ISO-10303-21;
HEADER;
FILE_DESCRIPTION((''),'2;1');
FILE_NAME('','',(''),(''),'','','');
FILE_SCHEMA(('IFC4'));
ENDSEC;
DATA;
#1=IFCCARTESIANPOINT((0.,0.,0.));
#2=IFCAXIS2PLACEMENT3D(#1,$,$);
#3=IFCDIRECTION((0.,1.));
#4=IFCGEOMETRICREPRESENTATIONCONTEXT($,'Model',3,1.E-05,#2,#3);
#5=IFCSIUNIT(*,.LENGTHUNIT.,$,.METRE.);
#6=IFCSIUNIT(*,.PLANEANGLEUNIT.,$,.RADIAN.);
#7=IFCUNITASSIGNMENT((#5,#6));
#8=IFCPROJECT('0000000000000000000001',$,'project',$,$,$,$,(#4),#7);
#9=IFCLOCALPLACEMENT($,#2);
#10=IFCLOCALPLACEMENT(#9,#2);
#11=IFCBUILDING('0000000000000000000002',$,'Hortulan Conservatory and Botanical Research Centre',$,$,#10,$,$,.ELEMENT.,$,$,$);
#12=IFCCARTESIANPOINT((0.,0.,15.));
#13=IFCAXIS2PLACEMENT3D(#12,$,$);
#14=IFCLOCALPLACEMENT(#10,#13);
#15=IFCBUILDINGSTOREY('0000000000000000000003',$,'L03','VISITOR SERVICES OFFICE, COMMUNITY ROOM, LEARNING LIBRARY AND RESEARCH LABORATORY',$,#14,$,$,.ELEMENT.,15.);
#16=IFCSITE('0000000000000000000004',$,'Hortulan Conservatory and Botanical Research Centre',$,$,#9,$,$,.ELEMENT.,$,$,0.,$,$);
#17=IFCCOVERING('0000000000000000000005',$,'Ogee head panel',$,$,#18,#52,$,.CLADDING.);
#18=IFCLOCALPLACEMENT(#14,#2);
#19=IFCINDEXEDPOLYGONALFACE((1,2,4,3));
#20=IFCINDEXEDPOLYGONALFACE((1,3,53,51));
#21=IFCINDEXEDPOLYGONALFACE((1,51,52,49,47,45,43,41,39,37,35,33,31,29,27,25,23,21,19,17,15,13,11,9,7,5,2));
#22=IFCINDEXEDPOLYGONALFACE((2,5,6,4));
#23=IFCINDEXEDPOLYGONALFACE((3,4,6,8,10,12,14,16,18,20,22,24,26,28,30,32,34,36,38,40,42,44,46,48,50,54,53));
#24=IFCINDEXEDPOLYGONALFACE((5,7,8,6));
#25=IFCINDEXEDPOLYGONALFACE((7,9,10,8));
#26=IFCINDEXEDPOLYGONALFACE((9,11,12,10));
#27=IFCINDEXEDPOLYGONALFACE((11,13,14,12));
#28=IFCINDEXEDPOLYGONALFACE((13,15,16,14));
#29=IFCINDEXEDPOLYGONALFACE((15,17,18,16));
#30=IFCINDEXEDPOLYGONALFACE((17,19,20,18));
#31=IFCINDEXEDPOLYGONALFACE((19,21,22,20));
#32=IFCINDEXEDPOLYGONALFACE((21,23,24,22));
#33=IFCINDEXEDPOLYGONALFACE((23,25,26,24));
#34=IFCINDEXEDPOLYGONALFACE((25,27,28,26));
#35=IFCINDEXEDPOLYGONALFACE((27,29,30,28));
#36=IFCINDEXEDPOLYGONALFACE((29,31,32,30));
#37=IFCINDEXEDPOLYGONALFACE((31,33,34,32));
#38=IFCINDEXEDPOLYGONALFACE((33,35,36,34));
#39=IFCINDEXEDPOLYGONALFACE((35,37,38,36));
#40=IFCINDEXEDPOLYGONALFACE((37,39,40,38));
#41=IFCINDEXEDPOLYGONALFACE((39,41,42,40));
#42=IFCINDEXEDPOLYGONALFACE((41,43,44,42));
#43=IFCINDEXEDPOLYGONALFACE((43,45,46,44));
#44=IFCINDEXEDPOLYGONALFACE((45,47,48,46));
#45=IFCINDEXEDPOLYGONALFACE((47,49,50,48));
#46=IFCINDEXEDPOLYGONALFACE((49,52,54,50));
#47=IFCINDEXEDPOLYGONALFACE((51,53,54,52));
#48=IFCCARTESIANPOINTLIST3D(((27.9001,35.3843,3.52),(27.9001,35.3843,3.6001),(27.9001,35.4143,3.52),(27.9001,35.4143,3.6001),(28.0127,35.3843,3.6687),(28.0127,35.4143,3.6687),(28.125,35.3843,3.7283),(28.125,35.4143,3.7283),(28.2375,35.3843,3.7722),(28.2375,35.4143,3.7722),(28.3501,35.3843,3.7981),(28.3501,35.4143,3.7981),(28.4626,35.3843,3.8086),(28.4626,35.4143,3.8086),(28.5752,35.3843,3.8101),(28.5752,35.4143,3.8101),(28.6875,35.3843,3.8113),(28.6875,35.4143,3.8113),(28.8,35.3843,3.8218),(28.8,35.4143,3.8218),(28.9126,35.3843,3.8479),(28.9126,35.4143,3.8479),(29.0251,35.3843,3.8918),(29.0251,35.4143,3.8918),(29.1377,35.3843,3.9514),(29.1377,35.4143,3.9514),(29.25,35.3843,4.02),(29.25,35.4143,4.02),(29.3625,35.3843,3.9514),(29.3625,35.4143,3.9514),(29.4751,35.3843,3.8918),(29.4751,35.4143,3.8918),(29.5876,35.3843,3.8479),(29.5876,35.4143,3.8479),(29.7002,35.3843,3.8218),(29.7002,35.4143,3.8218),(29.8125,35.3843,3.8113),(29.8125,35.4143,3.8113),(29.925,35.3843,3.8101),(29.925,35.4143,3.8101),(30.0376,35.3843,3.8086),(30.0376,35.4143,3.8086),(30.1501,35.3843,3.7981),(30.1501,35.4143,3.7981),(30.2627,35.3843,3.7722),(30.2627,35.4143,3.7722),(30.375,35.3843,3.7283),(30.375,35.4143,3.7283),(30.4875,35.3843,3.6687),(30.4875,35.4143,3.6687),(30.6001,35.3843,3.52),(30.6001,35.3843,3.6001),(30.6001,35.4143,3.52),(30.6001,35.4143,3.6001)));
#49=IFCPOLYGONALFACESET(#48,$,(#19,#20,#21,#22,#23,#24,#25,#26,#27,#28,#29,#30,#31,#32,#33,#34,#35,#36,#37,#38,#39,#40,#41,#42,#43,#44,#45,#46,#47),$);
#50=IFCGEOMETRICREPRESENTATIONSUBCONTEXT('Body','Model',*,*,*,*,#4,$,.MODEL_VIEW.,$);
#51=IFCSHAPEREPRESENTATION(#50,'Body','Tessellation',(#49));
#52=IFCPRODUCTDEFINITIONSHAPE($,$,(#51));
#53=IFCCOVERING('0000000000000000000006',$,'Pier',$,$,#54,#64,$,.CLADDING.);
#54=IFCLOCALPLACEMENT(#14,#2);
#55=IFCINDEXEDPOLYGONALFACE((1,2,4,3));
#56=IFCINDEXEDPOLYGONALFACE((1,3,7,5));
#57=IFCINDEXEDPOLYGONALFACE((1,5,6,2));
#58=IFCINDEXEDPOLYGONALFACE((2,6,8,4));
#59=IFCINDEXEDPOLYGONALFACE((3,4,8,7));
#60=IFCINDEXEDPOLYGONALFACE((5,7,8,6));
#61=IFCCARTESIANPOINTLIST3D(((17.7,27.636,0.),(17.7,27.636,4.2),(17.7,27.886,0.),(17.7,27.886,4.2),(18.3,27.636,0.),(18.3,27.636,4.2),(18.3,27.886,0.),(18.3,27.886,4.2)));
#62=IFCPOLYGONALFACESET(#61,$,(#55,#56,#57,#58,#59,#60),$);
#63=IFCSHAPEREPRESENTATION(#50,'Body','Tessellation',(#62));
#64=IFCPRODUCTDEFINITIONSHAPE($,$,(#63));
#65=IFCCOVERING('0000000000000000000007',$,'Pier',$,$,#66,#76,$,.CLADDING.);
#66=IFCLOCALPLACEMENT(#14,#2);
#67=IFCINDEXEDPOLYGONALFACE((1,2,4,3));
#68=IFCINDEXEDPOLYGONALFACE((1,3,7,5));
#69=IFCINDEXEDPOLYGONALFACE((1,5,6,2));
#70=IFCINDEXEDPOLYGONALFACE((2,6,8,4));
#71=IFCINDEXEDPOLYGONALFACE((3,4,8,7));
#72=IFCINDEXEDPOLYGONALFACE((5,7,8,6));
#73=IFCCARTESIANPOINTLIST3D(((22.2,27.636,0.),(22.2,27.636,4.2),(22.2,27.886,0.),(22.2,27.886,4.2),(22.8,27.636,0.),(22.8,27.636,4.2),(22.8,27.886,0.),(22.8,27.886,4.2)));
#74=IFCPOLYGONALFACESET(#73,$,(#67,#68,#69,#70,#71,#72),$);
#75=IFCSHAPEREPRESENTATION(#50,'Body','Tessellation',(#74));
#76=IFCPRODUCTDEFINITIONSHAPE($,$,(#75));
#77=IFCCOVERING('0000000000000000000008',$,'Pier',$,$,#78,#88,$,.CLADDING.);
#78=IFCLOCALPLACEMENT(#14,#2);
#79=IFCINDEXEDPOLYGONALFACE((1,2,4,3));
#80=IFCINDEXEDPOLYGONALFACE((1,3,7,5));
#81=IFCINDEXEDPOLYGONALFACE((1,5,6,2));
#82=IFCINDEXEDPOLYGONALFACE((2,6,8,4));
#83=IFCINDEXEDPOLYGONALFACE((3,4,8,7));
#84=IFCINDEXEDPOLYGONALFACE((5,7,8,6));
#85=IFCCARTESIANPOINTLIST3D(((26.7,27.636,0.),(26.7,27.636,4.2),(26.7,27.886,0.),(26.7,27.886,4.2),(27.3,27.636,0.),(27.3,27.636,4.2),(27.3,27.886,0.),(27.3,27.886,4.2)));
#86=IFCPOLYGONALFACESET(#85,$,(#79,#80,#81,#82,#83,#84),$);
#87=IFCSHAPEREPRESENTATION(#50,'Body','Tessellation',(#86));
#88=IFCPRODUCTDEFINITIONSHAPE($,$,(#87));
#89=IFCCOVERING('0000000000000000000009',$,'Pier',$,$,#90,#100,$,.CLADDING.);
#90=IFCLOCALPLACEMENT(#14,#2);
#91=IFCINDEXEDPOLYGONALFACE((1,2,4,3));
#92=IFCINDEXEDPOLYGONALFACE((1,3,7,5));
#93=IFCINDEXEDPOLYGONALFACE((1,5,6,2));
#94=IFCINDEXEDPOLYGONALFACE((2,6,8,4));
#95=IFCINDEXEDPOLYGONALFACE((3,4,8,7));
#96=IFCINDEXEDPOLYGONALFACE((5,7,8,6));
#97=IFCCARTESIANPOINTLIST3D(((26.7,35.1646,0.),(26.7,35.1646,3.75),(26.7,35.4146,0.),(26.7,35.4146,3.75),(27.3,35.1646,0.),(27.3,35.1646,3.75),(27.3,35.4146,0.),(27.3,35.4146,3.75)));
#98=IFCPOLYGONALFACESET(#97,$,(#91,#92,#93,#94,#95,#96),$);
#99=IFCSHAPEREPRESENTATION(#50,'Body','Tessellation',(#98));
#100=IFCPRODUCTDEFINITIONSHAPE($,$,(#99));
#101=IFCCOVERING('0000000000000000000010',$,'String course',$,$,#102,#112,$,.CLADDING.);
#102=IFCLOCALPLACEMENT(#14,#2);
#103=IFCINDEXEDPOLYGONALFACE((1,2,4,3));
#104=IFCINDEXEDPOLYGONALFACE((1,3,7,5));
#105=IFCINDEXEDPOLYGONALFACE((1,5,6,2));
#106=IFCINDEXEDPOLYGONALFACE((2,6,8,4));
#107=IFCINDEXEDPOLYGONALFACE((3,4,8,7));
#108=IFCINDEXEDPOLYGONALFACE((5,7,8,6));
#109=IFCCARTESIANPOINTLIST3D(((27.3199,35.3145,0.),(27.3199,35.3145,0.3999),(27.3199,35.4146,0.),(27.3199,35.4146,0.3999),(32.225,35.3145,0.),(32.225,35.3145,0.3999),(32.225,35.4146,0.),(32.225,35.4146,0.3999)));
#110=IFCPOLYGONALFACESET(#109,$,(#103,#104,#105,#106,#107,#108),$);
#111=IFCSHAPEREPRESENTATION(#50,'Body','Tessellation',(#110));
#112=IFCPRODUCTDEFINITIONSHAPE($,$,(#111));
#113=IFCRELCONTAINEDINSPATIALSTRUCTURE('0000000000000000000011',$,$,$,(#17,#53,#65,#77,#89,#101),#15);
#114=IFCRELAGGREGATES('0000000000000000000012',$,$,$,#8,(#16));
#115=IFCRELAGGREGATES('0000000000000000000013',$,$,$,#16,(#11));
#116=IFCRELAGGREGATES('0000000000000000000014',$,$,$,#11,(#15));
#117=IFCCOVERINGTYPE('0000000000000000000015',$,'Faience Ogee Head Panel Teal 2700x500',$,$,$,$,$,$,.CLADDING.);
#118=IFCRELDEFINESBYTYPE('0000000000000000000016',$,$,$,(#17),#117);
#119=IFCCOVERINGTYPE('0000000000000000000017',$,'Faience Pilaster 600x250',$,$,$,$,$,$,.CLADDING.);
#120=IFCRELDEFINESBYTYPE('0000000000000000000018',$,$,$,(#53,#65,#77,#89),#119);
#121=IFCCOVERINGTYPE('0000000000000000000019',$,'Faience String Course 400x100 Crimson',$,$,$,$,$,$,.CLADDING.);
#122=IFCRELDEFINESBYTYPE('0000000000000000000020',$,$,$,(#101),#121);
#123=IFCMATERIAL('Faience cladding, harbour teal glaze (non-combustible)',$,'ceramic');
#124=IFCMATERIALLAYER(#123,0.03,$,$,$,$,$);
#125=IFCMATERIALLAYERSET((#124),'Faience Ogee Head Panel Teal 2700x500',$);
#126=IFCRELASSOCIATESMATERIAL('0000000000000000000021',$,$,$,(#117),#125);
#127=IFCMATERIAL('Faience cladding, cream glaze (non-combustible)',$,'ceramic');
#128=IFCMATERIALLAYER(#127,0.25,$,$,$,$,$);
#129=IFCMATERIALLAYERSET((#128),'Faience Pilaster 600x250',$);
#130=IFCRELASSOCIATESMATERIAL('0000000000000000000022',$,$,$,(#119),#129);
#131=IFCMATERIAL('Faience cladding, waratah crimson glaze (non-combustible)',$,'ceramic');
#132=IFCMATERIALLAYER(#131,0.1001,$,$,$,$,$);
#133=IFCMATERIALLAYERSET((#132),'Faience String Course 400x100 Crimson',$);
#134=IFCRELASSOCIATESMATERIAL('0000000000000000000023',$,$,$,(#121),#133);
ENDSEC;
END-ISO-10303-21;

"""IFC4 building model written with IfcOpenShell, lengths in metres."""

from ifc_helpers import new_model, si_unit, direction, frame, origin, origin_2d, place, context, subcontext, project, spatial, polyline, rectangle, outline, extrude, material, layer, layer_set, type_object, element, save


model = new_model("IFC4")

# Units and contexts
model_context = context("Model", 3, precision=1e-05, world=origin(), true_north=direction((0.0, 1.0)))
body_context = subcontext(model_context, "Body", "Model", "MODEL_VIEW")
ifc_project = project(units=[si_unit("LENGTHUNIT", "METRE"), si_unit("PLANEANGLEUNIT", "RADIAN")], contexts=[model_context])

# Site, building, storey
site_placement = place(None, origin())
site = spatial("IfcSite", under=ifc_project, at=site_placement, Name="Hortulan Conservatory and Botanical Research Centre", CompositionType="ELEMENT", RefElevation=0.0)
building_placement = place(site_placement, origin())
building = spatial("IfcBuilding", under=site, at=building_placement, Name="Hortulan Conservatory and Botanical Research Centre", CompositionType="ELEMENT")
storey_placement = place(building_placement, frame((0.0, 0.0, 15.0)))
storey = spatial("IfcBuildingStorey", under=building, at=storey_placement, Name="L03", Description="VISITOR SERVICES OFFICE, COMMUNITY ROOM, LEARNING LIBRARY AND RESEARCH LABORATORY", CompositionType="ELEMENT", Elevation=15.0)

# Coverings
ifc_material_1 = material(Name="Faience cladding, harbour teal glaze (non-combustible)", Category="ceramic")
ifc_layer_1 = layer(ifc_material_1, 0.03)
ifc_layer_set_1 = layer_set([ifc_layer_1], Name="Faience Ogee Head Panel Teal 2700x500")
covering_type_1 = type_object("IfcCoveringType", Name="Faience Ogee Head Panel Teal 2700x500", PredefinedType="CLADDING", material=ifc_layer_set_1)
for number, where, z_axis, x_axis, name in (
    (1, (30.6001, 35.3994, 3.52), (0.0, 0.0, 1.0), (-1.0, 0.0, 0.0), "Ogee head panel"),
):
    element("IfcCovering", number, at=place(storey_placement, frame(where, z_axis=z_axis, x_axis=x_axis)), inside=storey, type_object=covering_type_1, Name=name, PredefinedType="CLADDING", context=body_context, shape_type="SweptSolid", body=[
        extrude(outline(polyline([(0.0, 0.0), (2.7, 0.0), (2.7, 0.0801), (2.5874, 0.1487), (2.4751, 0.2083), (2.3625, 0.2522), (2.25, 0.2781), (2.1375, 0.2886), (2.0249, 0.29), (1.9126, 0.2913), (1.8, 0.3018), (1.6875, 0.3279), (1.575, 0.3718), (1.4624, 0.4314), (1.3501, 0.5), (1.2375, 0.4314), (1.125, 0.3718), (1.0125, 0.3279), (0.8999, 0.3018), (0.7876, 0.2913), (0.675, 0.29), (0.5625, 0.2886), (0.45, 0.2781), (0.3374, 0.2522), (0.2251, 0.2083), (0.1125, 0.1487), (0.0, 0.0801), (0.0, 0.0)])), frame((0.0, 0.0151, 0.0), z_axis=(0.0, -1.0, 0.0), x_axis=(1.0, 0.0, 0.0)), (0.0, 0.0, 1.0), 0.03),
    ])
ifc_material_2 = material(Name="Faience cladding, cream glaze (non-combustible)", Category="ceramic")
ifc_layer_2 = layer(ifc_material_2, 0.25)
ifc_layer_set_2 = layer_set([ifc_layer_2], Name="Faience Pilaster 600x250")
covering_type_2 = type_object("IfcCoveringType", Name="Faience Pilaster 600x250", PredefinedType="CLADDING", material=ifc_layer_set_2)
for number, where, z_axis, x_axis, name in (
    (2, (18.0, 27.761, 0.0), (0.0, 0.0, 1.0), (1.0, 0.0, 0.0), "Pier"),
    (3, (22.5, 27.761, 0.0), (0.0, 0.0, 1.0), (1.0, 0.0, 0.0), "Pier"),
    (4, (27.0, 27.761, 0.0), (0.0, 0.0, 1.0), (1.0, 0.0, 0.0), "Pier"),
):
    element("IfcCovering", number, at=place(storey_placement, frame(where, z_axis=z_axis, x_axis=x_axis)), inside=storey, type_object=covering_type_2, Name=name, PredefinedType="CLADDING", context=body_context, shape_type="SweptSolid", body=[
        extrude(rectangle(XDim=0.6001, YDim=0.25, at=origin_2d()), origin(), (0.0, 0.0, 1.0), 4.2),
    ])
covering_1_placement = place(storey_placement, frame((27.0, 35.2896, 0.0), z_axis=(0.0, 0.0, 1.0), x_axis=(-1.0, 0.0, 0.0)))
element("IfcCovering", 5, at=covering_1_placement, inside=storey, type_object=covering_type_2, Name="Pier", PredefinedType="CLADDING", context=body_context, shape_type="SweptSolid", body=[
    extrude(rectangle(XDim=0.6001, YDim=0.25, at=origin_2d()), origin(), (0.0, 0.0, 1.0), 3.75),
])
ifc_material_3 = material(Name="Faience cladding, waratah crimson glaze (non-combustible)", Category="ceramic")
ifc_layer_3 = layer(ifc_material_3, 0.1001)
ifc_layer_set_3 = layer_set([ifc_layer_3], Name="Faience String Course 400x100 Crimson")
covering_type_3 = type_object("IfcCoveringType", Name="Faience String Course 400x100 Crimson", PredefinedType="CLADDING", material=ifc_layer_set_3)
covering_2_placement = place(storey_placement, frame((29.7725, 35.3645, 0.0), z_axis=(0.0, 0.0, 1.0), x_axis=(-1.0, 0.0, 0.0)))
element("IfcCovering", 6, at=covering_2_placement, inside=storey, type_object=covering_type_3, Name="String course", PredefinedType="CLADDING", context=body_context, shape_type="SweptSolid", body=[
    extrude(rectangle(XDim=4.905, YDim=0.1001, at=origin_2d()), origin(), (0.0, 0.0, 1.0), 0.3999),
])

save(model, "model.ifc")
